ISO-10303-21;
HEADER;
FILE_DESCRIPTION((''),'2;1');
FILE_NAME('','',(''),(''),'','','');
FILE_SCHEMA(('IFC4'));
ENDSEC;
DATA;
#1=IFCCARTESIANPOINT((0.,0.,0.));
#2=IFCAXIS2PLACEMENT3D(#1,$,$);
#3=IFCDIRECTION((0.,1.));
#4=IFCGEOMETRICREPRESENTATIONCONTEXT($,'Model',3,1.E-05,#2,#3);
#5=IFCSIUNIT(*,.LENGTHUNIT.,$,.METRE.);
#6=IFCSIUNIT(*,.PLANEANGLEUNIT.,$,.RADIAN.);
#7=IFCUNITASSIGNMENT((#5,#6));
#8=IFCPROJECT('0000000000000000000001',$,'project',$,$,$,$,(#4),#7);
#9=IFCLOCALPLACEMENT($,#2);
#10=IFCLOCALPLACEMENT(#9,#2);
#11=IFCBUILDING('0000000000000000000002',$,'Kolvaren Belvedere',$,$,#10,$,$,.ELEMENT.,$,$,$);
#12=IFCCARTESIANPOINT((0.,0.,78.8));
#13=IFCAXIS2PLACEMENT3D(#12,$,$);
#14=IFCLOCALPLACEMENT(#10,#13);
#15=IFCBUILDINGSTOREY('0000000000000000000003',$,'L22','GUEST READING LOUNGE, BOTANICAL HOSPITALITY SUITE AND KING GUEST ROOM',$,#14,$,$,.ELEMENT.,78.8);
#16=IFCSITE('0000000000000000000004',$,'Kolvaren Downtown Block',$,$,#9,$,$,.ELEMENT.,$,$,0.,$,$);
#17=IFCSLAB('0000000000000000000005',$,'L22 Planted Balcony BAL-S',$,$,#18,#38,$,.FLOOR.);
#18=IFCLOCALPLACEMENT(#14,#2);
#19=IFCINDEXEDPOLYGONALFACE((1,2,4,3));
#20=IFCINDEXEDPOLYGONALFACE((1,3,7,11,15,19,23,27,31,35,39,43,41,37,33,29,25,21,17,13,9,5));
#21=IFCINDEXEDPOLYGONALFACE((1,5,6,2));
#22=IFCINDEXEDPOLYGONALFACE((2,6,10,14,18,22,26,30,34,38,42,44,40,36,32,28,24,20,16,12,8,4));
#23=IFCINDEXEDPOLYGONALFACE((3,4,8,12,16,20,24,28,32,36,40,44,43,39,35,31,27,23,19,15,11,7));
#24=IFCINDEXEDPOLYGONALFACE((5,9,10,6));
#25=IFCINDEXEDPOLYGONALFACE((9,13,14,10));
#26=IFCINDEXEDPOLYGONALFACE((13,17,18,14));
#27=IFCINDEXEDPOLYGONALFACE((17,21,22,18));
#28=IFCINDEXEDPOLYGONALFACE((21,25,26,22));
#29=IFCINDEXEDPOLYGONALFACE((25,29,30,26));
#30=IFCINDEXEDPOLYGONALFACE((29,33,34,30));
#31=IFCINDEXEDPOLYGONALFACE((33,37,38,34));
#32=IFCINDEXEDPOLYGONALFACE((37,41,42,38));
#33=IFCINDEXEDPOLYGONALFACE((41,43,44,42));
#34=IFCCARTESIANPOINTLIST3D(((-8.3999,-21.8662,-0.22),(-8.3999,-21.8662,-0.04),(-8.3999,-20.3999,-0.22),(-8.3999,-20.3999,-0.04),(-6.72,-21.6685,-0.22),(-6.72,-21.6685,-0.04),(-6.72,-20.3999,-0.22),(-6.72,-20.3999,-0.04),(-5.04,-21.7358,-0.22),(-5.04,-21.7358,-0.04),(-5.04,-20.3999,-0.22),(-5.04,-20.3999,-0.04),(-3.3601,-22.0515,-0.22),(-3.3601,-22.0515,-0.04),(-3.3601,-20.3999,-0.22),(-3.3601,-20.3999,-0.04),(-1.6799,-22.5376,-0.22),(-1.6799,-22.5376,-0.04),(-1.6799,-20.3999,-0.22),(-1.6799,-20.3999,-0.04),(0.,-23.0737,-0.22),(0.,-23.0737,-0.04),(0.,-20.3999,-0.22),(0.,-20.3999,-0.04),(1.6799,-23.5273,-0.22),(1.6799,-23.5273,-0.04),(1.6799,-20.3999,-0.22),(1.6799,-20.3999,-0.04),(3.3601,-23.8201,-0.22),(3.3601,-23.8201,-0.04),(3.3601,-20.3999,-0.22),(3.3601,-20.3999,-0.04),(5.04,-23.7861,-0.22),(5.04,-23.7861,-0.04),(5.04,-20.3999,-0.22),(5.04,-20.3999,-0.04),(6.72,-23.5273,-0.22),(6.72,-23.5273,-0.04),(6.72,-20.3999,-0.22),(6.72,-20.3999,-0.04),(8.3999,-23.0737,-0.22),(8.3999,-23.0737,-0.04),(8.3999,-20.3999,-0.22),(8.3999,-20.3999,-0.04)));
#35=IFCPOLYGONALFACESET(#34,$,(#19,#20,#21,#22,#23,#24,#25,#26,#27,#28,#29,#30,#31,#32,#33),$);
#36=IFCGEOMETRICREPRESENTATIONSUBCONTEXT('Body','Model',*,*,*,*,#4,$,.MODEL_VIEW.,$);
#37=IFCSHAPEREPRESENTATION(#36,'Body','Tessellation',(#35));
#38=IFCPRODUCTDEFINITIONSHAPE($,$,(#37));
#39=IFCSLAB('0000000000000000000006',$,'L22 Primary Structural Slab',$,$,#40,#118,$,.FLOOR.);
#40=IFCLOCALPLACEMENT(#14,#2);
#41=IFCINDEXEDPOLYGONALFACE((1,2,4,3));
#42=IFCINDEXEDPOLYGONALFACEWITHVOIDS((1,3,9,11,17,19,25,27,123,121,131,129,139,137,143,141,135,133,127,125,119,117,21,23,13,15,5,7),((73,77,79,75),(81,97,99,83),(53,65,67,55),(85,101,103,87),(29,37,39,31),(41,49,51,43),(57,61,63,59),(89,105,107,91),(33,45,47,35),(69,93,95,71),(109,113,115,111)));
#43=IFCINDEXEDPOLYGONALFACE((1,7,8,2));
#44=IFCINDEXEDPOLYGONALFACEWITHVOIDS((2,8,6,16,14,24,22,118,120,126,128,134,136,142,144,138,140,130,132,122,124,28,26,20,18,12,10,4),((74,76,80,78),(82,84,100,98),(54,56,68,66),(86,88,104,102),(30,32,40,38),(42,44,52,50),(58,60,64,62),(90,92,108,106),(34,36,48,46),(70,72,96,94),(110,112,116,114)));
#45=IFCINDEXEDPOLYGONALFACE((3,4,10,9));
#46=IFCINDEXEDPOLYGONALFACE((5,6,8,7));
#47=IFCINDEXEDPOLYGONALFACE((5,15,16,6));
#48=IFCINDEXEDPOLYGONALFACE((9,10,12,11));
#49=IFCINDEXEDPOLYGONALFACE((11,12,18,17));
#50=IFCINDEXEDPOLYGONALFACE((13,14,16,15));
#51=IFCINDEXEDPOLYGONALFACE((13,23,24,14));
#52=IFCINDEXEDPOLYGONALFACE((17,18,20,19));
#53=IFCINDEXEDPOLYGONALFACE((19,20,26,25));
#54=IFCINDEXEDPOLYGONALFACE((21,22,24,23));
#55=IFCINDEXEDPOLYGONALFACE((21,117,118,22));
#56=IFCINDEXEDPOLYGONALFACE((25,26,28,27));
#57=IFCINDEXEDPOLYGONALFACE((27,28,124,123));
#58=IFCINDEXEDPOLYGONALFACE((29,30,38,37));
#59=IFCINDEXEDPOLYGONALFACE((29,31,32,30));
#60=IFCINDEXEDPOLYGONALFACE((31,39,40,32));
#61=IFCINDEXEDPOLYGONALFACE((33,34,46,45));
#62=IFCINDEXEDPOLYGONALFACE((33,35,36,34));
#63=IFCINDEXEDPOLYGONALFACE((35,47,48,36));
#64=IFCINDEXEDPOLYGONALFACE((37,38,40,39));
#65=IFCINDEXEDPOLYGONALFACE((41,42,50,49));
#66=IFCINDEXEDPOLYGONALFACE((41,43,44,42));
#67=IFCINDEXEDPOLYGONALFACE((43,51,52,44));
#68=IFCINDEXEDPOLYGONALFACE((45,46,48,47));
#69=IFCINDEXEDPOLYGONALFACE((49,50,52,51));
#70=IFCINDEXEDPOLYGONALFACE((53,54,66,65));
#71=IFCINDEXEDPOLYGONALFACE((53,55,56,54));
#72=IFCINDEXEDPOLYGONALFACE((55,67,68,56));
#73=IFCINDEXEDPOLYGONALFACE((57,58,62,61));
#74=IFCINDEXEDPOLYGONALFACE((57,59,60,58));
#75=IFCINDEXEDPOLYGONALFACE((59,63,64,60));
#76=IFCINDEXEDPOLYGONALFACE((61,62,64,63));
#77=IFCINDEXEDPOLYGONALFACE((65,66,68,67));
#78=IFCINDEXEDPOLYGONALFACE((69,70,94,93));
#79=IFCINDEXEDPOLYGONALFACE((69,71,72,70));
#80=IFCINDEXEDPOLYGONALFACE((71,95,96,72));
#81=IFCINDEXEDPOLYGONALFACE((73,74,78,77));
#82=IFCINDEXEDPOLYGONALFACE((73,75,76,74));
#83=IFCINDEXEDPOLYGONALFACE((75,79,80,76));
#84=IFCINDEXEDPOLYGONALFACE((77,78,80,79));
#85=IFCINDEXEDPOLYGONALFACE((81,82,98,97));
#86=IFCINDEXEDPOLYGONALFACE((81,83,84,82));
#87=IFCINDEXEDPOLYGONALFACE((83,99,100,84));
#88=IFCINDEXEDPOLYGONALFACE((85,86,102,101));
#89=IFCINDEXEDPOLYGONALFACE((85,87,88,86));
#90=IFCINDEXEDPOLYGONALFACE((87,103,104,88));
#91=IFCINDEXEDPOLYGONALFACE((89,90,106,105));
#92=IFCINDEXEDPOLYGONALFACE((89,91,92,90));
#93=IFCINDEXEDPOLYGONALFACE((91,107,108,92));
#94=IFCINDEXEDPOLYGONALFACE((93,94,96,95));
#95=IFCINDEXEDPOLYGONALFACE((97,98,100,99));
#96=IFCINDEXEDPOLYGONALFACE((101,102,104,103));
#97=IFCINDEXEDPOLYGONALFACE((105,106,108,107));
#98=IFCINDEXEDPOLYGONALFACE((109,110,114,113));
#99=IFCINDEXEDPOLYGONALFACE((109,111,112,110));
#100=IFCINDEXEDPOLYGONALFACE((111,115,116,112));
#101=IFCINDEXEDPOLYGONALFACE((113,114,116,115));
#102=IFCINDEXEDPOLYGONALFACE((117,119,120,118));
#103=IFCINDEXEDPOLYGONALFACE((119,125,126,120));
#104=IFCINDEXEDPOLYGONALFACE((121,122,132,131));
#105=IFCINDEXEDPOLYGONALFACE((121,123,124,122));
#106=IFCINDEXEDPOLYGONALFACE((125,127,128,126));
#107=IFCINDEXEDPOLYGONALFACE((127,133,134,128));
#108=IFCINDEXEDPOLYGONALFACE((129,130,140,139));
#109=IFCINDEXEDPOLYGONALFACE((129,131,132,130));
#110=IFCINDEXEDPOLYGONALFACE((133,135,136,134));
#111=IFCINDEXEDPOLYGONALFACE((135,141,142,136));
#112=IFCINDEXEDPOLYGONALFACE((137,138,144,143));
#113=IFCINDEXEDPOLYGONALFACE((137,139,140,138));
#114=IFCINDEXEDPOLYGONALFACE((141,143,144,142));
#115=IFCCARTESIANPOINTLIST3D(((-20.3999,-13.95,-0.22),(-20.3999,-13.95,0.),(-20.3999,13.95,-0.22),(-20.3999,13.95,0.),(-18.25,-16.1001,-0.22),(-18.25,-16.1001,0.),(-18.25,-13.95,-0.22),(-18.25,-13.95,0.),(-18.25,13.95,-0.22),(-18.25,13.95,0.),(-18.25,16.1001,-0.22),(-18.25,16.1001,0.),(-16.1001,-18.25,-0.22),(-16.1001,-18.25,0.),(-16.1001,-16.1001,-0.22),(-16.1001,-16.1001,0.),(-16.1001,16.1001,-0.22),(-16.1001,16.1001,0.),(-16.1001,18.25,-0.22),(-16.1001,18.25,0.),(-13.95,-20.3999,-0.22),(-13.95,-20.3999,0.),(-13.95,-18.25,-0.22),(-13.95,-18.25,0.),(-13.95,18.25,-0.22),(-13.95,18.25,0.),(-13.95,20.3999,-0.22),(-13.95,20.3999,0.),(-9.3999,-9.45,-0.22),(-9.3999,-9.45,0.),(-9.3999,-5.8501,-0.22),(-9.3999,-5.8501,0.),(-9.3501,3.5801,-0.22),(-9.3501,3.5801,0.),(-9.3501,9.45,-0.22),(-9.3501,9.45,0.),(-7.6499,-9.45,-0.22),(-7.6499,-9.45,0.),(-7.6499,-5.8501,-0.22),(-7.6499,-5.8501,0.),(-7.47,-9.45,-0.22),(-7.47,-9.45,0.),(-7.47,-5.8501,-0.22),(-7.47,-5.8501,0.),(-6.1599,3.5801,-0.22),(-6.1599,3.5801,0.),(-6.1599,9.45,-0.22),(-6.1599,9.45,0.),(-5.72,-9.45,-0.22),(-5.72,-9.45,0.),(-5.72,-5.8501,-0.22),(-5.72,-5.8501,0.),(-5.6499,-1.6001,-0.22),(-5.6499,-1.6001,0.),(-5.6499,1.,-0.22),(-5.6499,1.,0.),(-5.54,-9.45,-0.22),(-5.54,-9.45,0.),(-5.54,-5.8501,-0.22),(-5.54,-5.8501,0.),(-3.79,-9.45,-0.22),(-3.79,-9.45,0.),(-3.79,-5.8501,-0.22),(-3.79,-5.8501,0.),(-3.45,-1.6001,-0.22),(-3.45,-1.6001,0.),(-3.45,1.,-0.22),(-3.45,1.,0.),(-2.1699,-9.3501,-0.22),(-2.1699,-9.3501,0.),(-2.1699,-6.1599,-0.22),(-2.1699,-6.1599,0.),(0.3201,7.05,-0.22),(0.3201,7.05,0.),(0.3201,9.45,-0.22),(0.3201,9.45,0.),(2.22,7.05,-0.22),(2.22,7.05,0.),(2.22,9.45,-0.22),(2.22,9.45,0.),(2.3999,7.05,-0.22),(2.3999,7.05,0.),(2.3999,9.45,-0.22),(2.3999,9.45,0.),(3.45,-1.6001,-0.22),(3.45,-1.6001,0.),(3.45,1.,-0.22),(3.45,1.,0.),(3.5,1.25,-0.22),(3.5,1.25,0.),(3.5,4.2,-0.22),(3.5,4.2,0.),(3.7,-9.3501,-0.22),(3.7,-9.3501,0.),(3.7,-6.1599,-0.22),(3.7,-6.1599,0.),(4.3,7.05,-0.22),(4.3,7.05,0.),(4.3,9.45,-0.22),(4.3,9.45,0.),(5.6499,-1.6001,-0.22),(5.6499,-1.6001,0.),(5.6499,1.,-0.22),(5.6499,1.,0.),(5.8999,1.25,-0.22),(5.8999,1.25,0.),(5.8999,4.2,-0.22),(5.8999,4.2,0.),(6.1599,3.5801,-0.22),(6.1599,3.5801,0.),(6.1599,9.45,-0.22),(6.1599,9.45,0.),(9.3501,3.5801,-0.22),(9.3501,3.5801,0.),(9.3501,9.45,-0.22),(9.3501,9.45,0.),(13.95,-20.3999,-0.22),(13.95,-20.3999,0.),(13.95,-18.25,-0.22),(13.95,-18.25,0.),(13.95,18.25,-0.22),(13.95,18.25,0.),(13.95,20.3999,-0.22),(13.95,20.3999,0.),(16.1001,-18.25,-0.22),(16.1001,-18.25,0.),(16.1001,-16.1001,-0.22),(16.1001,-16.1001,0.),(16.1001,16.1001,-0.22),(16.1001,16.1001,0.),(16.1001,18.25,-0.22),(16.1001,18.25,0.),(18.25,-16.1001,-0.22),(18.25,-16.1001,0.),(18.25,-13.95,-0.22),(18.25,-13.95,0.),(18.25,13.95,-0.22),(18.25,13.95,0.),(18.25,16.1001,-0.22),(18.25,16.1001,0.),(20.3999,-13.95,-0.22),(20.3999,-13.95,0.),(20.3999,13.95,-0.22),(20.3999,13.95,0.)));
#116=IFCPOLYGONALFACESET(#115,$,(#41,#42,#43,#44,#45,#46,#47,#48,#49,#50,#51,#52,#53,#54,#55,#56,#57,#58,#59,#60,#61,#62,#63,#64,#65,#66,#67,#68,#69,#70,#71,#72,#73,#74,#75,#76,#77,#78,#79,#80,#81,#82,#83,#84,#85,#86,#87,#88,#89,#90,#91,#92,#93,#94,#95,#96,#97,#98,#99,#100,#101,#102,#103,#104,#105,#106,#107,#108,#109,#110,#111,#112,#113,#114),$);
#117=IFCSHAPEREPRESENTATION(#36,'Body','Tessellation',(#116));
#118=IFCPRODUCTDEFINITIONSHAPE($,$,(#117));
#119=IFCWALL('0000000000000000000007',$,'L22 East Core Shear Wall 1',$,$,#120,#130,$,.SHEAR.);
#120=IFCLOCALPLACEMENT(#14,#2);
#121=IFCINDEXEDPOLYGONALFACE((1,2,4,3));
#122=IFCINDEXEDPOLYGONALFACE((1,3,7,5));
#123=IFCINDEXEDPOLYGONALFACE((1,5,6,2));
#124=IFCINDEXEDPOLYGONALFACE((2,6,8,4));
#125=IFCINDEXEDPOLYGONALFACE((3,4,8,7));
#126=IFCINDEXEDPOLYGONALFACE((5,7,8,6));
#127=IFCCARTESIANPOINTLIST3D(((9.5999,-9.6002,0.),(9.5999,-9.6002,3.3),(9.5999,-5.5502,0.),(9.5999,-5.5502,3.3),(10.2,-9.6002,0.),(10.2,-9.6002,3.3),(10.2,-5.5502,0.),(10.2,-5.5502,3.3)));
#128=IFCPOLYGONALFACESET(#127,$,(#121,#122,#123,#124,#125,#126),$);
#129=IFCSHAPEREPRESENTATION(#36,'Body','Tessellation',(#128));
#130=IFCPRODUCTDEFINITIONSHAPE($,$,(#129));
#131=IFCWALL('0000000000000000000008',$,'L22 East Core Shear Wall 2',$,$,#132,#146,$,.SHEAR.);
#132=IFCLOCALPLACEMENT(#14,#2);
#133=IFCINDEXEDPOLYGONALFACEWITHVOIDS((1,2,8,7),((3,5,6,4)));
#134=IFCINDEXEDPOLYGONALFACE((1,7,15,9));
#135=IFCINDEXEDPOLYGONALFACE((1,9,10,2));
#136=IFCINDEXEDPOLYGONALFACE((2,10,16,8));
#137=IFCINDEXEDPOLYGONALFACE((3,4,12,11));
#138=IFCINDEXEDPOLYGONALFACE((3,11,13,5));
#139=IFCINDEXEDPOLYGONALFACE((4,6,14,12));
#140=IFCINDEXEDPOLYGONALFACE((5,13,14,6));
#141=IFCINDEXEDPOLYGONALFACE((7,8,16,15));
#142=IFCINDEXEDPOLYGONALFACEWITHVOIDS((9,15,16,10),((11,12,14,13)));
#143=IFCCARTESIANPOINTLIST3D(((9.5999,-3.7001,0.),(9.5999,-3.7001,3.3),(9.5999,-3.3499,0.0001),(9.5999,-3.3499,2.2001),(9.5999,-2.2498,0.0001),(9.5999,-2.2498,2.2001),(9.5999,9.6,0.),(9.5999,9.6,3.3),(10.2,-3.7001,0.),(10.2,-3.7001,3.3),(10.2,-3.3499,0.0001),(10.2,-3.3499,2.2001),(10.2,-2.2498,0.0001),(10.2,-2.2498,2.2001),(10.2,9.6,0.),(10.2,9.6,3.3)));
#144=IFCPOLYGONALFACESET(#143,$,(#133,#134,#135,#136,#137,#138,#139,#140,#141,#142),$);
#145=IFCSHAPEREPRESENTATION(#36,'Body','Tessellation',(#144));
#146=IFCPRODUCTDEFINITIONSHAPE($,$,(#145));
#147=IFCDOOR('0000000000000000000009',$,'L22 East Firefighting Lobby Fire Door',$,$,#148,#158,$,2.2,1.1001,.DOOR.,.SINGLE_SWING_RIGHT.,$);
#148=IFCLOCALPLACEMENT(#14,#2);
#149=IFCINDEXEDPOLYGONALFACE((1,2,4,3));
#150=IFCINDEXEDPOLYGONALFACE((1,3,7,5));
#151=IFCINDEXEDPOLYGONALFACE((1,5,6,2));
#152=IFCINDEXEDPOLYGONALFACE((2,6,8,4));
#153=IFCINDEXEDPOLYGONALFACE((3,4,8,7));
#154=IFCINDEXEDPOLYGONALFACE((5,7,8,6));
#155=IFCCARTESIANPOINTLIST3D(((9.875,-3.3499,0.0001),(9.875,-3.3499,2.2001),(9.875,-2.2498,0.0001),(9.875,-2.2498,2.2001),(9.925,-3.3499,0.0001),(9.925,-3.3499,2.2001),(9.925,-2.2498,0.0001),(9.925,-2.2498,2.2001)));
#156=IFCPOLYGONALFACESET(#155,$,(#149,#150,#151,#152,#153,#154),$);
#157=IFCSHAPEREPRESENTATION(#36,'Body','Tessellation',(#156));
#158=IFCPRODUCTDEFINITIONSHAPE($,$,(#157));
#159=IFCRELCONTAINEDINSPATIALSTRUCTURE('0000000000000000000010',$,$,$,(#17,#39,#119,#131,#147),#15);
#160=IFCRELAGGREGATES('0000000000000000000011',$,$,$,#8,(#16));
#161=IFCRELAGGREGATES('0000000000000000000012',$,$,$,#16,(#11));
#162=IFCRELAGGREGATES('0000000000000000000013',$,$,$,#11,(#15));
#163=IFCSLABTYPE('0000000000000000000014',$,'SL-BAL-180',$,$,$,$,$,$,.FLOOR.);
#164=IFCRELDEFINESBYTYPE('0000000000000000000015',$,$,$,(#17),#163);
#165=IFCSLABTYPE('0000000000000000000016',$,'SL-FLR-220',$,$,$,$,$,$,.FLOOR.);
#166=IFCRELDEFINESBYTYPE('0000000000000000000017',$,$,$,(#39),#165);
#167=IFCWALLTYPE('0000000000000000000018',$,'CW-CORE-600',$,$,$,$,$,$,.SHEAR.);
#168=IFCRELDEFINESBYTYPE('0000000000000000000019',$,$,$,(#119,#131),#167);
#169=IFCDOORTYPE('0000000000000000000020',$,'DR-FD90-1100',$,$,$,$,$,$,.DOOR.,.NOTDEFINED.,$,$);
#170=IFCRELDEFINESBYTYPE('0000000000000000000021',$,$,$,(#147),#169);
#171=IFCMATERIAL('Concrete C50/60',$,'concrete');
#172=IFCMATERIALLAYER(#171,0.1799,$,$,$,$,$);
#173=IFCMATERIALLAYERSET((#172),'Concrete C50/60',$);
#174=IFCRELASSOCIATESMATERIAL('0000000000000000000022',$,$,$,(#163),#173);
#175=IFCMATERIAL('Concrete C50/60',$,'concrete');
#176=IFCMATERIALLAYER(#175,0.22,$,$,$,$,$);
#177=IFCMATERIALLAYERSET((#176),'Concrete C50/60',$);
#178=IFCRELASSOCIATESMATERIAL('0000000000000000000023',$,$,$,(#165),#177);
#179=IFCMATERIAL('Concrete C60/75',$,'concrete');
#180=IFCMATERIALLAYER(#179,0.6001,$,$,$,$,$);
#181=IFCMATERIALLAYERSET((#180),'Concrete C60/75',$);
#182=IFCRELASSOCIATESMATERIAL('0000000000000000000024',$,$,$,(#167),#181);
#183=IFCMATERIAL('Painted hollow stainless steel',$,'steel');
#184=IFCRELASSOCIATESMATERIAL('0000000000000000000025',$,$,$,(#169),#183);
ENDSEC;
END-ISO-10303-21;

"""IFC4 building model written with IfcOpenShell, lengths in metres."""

from ifc_helpers import new_model, si_unit, direction, frame, frame_2d, origin, place, context, subcontext, project, spatial, polyline, rectangle, outline, extrude, material, layer, layer_set, type_object, element, fill, save


model = new_model("IFC4")

# Units and contexts
model_context = context("Model", 3, precision=1e-05, world=origin(), true_north=direction((0.0, 1.0)))
body_context = subcontext(model_context, "Body", "Model", "MODEL_VIEW")
ifc_project = project(units=[si_unit("LENGTHUNIT", "METRE"), si_unit("PLANEANGLEUNIT", "RADIAN")], contexts=[model_context])

# Site, building, storey
site_placement = place(None, origin())
site = spatial("IfcSite", under=ifc_project, at=site_placement, Name="Kolvaren Downtown Block", CompositionType="ELEMENT", RefElevation=0.0)
building_placement = place(site_placement, origin())
building = spatial("IfcBuilding", under=site, at=building_placement, Name="Kolvaren Belvedere", CompositionType="ELEMENT")
storey_placement = place(building_placement, frame((0.0, 0.0, 78.8)))
storey = spatial("IfcBuildingStorey", under=building, at=storey_placement, Name="L22", Description="GUEST READING LOUNGE, BOTANICAL HOSPITALITY SUITE AND KING GUEST ROOM", CompositionType="ELEMENT", Elevation=78.8)

# Slabs
ifc_material_1 = material(Name="Concrete C50/60", Category="concrete")
ifc_layer_1 = layer(ifc_material_1, 0.1799)
ifc_layer_set_1 = layer_set([ifc_layer_1], Name="Concrete C50/60")
slab_type_1 = type_object("IfcSlabType", Name="SL-BAL-180", PredefinedType="FLOOR", material=ifc_layer_set_1)
slab_1_placement = place(storey_placement, frame((0.0, 0.0, -0.22)))
element("IfcSlab", 1, at=slab_1_placement, inside=storey, type_object=slab_type_1, Name="L22 Planted Balcony BAL-S", PredefinedType="FLOOR", context=body_context, shape_type="SweptSolid", body=[
    extrude(outline(polyline([(-8.3999, -21.8662), (-6.72, -21.6685), (-5.04, -21.7358), (-3.3601, -22.0515), (-1.6799, -22.5376), (0.0, -23.0737), (1.6799, -23.5273), (3.3601, -23.8201), (5.04, -23.7861), (6.72, -23.5273), (8.3999, -23.0737), (8.3999, -20.3999), (6.72, -20.3999), (5.04, -20.3999), (3.3601, -20.3999), (1.6799, -20.3999), (0.0, -20.3999), (-1.6799, -20.3999), (-3.3601, -20.3999), (-5.04, -20.3999), (-6.72, -20.3999), (-8.3999, -20.3999), (-8.3999, -21.8662)])), origin(), (0.0, 0.0, 1.0), 0.1799),
])
ifc_material_2 = material(Name="Concrete C50/60", Category="concrete")
ifc_layer_2 = layer(ifc_material_2, 0.22)
ifc_layer_set_2 = layer_set([ifc_layer_2], Name="Concrete C50/60")
slab_type_2 = type_object("IfcSlabType", Name="SL-FLR-220", PredefinedType="FLOOR", material=ifc_layer_set_2)
slab_2_placement = place(storey_placement, frame((0.0, 0.0, -0.22)))
element("IfcSlab", 2, at=slab_2_placement, inside=storey, type_object=slab_type_2, Name="L22 Primary Structural Slab", PredefinedType="FLOOR", context=body_context, shape_type="SweptSolid", body=[
    extrude(outline(polyline([(-13.95, -20.3999), (13.95, -20.3999), (13.95, -18.25), (16.1001, -18.25), (16.1001, -16.1001), (18.25, -16.1001), (18.25, -13.95), (20.3999, -13.95), (20.3999, 13.95), (18.25, 13.95), (18.25, 16.1001), (16.1001, 16.1001), (16.1001, 18.25), (13.95, 18.25), (13.95, 20.3999), (-13.95, 20.3999), (-13.95, 18.25), (-16.1001, 18.25), (-16.1001, 16.1001), (-18.25, 16.1001), (-18.25, 13.95), (-20.3999, 13.95), (-20.3999, -13.95), (-18.25, -13.95), (-18.25, -16.1001), (-16.1001, -16.1001), (-16.1001, -18.25), (-13.95, -18.25), (-13.95, -20.3999)]), holes=[polyline([(-9.3501, 3.5801), (-6.1599, 3.5801), (-6.1599, 9.45), (-9.3501, 9.45), (-9.3501, 3.5801)]), polyline([(6.1599, 3.5801), (9.3501, 3.5801), (9.3501, 9.45), (6.1599, 9.45), (6.1599, 3.5801)]), polyline([(-2.1699, -9.3501), (3.7, -9.3501), (3.7, -6.1599), (-2.1699, -6.1599), (-2.1699, -9.3501)]), polyline([(-5.6499, -1.6001), (-3.45, -1.6001), (-3.45, 1.0), (-5.6499, 1.0), (-5.6499, -1.6001)]), polyline([(3.5, 1.25), (5.8999, 1.25), (5.8999, 4.2), (3.5, 4.2), (3.5, 1.25)]), polyline([(3.45, -1.6001), (5.6499, -1.6001), (5.6499, 1.0), (3.45, 1.0), (3.45, -1.6001)]), polyline([(-9.3999, -9.45), (-7.6499, -9.45), (-7.6499, -5.8501), (-9.3999, -5.8501), (-9.3999, -9.45)]), polyline([(-7.47, -9.45), (-5.72, -9.45), (-5.72, -5.8501), (-7.47, -5.8501), (-7.47, -9.45)]), polyline([(-5.54, -9.45), (-3.79, -9.45), (-3.79, -5.8501), (-5.54, -5.8501), (-5.54, -9.45)]), polyline([(0.3201, 7.05), (2.22, 7.05), (2.22, 9.45), (0.3201, 9.45), (0.3201, 7.05)]), polyline([(2.3999, 7.05), (4.3, 7.05), (4.3, 9.45), (2.3999, 9.45), (2.3999, 7.05)])]), origin(), (0.0, 0.0, 1.0), 0.22),
])

# Wall
ifc_material_3 = material(Name="Concrete C60/75", Category="concrete")
ifc_layer_3 = layer(ifc_material_3, 0.6001)
ifc_layer_set_3 = layer_set([ifc_layer_3], Name="Concrete C60/75")
wall_type_1 = type_object("IfcWallType", Name="CW-CORE-600", PredefinedType="SHEAR", material=ifc_layer_set_3)
wall_1_placement = place(storey_placement, frame((9.8999, -9.6001, 0.0), z_axis=(0.0, 0.0, 1.0), x_axis=(0.0, 1.0, 0.0)))
element("IfcWall", 3, at=wall_1_placement, inside=storey, type_object=wall_type_1, Name="L22 East Core Shear Wall 1", PredefinedType="SHEAR", context=body_context, shape_type="SweptSolid", body=[
    extrude(rectangle(XDim=4.05, YDim=0.6001, at=frame_2d((2.0249, 0.0))), origin(), (0.0, 0.0, 1.0), 3.3),
])

# Wall, opening, door
wall_2_placement = place(storey_placement, frame((9.8999, -3.7, 0.0), z_axis=(0.0, 0.0, 1.0), x_axis=(0.0, 1.0, 0.0)))
wall_2 = element("IfcWall", 4, at=wall_2_placement, inside=storey, type_object=wall_type_1, Name="L22 East Core Shear Wall 2", PredefinedType="SHEAR", context=body_context, shape_type="SweptSolid", body=[
    extrude(rectangle(XDim=13.3, YDim=0.6001, at=frame_2d((6.6499, 0.0))), origin(), (0.0, 0.0, 1.0), 3.3),
])
opening_1_placement = place(wall_2_placement, frame((0.3501, 0.0, 0.0)))
opening_1 = element("IfcOpeningElement", 5, at=opening_1_placement, cuts=wall_2, PredefinedType="OPENING", context=body_context, shape_type="SweptSolid", body=[
    extrude(rectangle(XDim=1.1001, YDim=2.2, at=frame_2d((0.55, 1.1001))), frame((0.0, 0.3101, 0.0), z_axis=(0.0, -1.0, 0.0), x_axis=(1.0, 0.0, 0.0)), (0.0, 0.0, 1.0), 0.6201),
])
ifc_material_4 = material(Name="Painted hollow stainless steel", Category="steel")
door_type_1 = type_object("IfcDoorType", Name="DR-FD90-1100", OperationType="NOTDEFINED", PredefinedType="DOOR", material=ifc_material_4)
door_1_placement = place(opening_1_placement, origin())
door_1 = element("IfcDoor", 6, at=door_1_placement, inside=storey, type_object=door_type_1, Name="L22 East Firefighting Lobby Fire Door", OperationType="SINGLE_SWING_RIGHT", OverallHeight=2.2, OverallWidth=1.1001, PredefinedType="DOOR", context=body_context, shape_type="SweptSolid", body=[
    extrude(rectangle(XDim=1.1001, YDim=2.2, at=frame_2d((0.55, 1.1001))), frame((0.0, 0.0249, 0.0), z_axis=(0.0, -1.0, 0.0), x_axis=(1.0, 0.0, 0.0)), (0.0, 0.0, 1.0), 0.05),
])
fill(opening_1, door_1)

save(model, "model.ifc")
